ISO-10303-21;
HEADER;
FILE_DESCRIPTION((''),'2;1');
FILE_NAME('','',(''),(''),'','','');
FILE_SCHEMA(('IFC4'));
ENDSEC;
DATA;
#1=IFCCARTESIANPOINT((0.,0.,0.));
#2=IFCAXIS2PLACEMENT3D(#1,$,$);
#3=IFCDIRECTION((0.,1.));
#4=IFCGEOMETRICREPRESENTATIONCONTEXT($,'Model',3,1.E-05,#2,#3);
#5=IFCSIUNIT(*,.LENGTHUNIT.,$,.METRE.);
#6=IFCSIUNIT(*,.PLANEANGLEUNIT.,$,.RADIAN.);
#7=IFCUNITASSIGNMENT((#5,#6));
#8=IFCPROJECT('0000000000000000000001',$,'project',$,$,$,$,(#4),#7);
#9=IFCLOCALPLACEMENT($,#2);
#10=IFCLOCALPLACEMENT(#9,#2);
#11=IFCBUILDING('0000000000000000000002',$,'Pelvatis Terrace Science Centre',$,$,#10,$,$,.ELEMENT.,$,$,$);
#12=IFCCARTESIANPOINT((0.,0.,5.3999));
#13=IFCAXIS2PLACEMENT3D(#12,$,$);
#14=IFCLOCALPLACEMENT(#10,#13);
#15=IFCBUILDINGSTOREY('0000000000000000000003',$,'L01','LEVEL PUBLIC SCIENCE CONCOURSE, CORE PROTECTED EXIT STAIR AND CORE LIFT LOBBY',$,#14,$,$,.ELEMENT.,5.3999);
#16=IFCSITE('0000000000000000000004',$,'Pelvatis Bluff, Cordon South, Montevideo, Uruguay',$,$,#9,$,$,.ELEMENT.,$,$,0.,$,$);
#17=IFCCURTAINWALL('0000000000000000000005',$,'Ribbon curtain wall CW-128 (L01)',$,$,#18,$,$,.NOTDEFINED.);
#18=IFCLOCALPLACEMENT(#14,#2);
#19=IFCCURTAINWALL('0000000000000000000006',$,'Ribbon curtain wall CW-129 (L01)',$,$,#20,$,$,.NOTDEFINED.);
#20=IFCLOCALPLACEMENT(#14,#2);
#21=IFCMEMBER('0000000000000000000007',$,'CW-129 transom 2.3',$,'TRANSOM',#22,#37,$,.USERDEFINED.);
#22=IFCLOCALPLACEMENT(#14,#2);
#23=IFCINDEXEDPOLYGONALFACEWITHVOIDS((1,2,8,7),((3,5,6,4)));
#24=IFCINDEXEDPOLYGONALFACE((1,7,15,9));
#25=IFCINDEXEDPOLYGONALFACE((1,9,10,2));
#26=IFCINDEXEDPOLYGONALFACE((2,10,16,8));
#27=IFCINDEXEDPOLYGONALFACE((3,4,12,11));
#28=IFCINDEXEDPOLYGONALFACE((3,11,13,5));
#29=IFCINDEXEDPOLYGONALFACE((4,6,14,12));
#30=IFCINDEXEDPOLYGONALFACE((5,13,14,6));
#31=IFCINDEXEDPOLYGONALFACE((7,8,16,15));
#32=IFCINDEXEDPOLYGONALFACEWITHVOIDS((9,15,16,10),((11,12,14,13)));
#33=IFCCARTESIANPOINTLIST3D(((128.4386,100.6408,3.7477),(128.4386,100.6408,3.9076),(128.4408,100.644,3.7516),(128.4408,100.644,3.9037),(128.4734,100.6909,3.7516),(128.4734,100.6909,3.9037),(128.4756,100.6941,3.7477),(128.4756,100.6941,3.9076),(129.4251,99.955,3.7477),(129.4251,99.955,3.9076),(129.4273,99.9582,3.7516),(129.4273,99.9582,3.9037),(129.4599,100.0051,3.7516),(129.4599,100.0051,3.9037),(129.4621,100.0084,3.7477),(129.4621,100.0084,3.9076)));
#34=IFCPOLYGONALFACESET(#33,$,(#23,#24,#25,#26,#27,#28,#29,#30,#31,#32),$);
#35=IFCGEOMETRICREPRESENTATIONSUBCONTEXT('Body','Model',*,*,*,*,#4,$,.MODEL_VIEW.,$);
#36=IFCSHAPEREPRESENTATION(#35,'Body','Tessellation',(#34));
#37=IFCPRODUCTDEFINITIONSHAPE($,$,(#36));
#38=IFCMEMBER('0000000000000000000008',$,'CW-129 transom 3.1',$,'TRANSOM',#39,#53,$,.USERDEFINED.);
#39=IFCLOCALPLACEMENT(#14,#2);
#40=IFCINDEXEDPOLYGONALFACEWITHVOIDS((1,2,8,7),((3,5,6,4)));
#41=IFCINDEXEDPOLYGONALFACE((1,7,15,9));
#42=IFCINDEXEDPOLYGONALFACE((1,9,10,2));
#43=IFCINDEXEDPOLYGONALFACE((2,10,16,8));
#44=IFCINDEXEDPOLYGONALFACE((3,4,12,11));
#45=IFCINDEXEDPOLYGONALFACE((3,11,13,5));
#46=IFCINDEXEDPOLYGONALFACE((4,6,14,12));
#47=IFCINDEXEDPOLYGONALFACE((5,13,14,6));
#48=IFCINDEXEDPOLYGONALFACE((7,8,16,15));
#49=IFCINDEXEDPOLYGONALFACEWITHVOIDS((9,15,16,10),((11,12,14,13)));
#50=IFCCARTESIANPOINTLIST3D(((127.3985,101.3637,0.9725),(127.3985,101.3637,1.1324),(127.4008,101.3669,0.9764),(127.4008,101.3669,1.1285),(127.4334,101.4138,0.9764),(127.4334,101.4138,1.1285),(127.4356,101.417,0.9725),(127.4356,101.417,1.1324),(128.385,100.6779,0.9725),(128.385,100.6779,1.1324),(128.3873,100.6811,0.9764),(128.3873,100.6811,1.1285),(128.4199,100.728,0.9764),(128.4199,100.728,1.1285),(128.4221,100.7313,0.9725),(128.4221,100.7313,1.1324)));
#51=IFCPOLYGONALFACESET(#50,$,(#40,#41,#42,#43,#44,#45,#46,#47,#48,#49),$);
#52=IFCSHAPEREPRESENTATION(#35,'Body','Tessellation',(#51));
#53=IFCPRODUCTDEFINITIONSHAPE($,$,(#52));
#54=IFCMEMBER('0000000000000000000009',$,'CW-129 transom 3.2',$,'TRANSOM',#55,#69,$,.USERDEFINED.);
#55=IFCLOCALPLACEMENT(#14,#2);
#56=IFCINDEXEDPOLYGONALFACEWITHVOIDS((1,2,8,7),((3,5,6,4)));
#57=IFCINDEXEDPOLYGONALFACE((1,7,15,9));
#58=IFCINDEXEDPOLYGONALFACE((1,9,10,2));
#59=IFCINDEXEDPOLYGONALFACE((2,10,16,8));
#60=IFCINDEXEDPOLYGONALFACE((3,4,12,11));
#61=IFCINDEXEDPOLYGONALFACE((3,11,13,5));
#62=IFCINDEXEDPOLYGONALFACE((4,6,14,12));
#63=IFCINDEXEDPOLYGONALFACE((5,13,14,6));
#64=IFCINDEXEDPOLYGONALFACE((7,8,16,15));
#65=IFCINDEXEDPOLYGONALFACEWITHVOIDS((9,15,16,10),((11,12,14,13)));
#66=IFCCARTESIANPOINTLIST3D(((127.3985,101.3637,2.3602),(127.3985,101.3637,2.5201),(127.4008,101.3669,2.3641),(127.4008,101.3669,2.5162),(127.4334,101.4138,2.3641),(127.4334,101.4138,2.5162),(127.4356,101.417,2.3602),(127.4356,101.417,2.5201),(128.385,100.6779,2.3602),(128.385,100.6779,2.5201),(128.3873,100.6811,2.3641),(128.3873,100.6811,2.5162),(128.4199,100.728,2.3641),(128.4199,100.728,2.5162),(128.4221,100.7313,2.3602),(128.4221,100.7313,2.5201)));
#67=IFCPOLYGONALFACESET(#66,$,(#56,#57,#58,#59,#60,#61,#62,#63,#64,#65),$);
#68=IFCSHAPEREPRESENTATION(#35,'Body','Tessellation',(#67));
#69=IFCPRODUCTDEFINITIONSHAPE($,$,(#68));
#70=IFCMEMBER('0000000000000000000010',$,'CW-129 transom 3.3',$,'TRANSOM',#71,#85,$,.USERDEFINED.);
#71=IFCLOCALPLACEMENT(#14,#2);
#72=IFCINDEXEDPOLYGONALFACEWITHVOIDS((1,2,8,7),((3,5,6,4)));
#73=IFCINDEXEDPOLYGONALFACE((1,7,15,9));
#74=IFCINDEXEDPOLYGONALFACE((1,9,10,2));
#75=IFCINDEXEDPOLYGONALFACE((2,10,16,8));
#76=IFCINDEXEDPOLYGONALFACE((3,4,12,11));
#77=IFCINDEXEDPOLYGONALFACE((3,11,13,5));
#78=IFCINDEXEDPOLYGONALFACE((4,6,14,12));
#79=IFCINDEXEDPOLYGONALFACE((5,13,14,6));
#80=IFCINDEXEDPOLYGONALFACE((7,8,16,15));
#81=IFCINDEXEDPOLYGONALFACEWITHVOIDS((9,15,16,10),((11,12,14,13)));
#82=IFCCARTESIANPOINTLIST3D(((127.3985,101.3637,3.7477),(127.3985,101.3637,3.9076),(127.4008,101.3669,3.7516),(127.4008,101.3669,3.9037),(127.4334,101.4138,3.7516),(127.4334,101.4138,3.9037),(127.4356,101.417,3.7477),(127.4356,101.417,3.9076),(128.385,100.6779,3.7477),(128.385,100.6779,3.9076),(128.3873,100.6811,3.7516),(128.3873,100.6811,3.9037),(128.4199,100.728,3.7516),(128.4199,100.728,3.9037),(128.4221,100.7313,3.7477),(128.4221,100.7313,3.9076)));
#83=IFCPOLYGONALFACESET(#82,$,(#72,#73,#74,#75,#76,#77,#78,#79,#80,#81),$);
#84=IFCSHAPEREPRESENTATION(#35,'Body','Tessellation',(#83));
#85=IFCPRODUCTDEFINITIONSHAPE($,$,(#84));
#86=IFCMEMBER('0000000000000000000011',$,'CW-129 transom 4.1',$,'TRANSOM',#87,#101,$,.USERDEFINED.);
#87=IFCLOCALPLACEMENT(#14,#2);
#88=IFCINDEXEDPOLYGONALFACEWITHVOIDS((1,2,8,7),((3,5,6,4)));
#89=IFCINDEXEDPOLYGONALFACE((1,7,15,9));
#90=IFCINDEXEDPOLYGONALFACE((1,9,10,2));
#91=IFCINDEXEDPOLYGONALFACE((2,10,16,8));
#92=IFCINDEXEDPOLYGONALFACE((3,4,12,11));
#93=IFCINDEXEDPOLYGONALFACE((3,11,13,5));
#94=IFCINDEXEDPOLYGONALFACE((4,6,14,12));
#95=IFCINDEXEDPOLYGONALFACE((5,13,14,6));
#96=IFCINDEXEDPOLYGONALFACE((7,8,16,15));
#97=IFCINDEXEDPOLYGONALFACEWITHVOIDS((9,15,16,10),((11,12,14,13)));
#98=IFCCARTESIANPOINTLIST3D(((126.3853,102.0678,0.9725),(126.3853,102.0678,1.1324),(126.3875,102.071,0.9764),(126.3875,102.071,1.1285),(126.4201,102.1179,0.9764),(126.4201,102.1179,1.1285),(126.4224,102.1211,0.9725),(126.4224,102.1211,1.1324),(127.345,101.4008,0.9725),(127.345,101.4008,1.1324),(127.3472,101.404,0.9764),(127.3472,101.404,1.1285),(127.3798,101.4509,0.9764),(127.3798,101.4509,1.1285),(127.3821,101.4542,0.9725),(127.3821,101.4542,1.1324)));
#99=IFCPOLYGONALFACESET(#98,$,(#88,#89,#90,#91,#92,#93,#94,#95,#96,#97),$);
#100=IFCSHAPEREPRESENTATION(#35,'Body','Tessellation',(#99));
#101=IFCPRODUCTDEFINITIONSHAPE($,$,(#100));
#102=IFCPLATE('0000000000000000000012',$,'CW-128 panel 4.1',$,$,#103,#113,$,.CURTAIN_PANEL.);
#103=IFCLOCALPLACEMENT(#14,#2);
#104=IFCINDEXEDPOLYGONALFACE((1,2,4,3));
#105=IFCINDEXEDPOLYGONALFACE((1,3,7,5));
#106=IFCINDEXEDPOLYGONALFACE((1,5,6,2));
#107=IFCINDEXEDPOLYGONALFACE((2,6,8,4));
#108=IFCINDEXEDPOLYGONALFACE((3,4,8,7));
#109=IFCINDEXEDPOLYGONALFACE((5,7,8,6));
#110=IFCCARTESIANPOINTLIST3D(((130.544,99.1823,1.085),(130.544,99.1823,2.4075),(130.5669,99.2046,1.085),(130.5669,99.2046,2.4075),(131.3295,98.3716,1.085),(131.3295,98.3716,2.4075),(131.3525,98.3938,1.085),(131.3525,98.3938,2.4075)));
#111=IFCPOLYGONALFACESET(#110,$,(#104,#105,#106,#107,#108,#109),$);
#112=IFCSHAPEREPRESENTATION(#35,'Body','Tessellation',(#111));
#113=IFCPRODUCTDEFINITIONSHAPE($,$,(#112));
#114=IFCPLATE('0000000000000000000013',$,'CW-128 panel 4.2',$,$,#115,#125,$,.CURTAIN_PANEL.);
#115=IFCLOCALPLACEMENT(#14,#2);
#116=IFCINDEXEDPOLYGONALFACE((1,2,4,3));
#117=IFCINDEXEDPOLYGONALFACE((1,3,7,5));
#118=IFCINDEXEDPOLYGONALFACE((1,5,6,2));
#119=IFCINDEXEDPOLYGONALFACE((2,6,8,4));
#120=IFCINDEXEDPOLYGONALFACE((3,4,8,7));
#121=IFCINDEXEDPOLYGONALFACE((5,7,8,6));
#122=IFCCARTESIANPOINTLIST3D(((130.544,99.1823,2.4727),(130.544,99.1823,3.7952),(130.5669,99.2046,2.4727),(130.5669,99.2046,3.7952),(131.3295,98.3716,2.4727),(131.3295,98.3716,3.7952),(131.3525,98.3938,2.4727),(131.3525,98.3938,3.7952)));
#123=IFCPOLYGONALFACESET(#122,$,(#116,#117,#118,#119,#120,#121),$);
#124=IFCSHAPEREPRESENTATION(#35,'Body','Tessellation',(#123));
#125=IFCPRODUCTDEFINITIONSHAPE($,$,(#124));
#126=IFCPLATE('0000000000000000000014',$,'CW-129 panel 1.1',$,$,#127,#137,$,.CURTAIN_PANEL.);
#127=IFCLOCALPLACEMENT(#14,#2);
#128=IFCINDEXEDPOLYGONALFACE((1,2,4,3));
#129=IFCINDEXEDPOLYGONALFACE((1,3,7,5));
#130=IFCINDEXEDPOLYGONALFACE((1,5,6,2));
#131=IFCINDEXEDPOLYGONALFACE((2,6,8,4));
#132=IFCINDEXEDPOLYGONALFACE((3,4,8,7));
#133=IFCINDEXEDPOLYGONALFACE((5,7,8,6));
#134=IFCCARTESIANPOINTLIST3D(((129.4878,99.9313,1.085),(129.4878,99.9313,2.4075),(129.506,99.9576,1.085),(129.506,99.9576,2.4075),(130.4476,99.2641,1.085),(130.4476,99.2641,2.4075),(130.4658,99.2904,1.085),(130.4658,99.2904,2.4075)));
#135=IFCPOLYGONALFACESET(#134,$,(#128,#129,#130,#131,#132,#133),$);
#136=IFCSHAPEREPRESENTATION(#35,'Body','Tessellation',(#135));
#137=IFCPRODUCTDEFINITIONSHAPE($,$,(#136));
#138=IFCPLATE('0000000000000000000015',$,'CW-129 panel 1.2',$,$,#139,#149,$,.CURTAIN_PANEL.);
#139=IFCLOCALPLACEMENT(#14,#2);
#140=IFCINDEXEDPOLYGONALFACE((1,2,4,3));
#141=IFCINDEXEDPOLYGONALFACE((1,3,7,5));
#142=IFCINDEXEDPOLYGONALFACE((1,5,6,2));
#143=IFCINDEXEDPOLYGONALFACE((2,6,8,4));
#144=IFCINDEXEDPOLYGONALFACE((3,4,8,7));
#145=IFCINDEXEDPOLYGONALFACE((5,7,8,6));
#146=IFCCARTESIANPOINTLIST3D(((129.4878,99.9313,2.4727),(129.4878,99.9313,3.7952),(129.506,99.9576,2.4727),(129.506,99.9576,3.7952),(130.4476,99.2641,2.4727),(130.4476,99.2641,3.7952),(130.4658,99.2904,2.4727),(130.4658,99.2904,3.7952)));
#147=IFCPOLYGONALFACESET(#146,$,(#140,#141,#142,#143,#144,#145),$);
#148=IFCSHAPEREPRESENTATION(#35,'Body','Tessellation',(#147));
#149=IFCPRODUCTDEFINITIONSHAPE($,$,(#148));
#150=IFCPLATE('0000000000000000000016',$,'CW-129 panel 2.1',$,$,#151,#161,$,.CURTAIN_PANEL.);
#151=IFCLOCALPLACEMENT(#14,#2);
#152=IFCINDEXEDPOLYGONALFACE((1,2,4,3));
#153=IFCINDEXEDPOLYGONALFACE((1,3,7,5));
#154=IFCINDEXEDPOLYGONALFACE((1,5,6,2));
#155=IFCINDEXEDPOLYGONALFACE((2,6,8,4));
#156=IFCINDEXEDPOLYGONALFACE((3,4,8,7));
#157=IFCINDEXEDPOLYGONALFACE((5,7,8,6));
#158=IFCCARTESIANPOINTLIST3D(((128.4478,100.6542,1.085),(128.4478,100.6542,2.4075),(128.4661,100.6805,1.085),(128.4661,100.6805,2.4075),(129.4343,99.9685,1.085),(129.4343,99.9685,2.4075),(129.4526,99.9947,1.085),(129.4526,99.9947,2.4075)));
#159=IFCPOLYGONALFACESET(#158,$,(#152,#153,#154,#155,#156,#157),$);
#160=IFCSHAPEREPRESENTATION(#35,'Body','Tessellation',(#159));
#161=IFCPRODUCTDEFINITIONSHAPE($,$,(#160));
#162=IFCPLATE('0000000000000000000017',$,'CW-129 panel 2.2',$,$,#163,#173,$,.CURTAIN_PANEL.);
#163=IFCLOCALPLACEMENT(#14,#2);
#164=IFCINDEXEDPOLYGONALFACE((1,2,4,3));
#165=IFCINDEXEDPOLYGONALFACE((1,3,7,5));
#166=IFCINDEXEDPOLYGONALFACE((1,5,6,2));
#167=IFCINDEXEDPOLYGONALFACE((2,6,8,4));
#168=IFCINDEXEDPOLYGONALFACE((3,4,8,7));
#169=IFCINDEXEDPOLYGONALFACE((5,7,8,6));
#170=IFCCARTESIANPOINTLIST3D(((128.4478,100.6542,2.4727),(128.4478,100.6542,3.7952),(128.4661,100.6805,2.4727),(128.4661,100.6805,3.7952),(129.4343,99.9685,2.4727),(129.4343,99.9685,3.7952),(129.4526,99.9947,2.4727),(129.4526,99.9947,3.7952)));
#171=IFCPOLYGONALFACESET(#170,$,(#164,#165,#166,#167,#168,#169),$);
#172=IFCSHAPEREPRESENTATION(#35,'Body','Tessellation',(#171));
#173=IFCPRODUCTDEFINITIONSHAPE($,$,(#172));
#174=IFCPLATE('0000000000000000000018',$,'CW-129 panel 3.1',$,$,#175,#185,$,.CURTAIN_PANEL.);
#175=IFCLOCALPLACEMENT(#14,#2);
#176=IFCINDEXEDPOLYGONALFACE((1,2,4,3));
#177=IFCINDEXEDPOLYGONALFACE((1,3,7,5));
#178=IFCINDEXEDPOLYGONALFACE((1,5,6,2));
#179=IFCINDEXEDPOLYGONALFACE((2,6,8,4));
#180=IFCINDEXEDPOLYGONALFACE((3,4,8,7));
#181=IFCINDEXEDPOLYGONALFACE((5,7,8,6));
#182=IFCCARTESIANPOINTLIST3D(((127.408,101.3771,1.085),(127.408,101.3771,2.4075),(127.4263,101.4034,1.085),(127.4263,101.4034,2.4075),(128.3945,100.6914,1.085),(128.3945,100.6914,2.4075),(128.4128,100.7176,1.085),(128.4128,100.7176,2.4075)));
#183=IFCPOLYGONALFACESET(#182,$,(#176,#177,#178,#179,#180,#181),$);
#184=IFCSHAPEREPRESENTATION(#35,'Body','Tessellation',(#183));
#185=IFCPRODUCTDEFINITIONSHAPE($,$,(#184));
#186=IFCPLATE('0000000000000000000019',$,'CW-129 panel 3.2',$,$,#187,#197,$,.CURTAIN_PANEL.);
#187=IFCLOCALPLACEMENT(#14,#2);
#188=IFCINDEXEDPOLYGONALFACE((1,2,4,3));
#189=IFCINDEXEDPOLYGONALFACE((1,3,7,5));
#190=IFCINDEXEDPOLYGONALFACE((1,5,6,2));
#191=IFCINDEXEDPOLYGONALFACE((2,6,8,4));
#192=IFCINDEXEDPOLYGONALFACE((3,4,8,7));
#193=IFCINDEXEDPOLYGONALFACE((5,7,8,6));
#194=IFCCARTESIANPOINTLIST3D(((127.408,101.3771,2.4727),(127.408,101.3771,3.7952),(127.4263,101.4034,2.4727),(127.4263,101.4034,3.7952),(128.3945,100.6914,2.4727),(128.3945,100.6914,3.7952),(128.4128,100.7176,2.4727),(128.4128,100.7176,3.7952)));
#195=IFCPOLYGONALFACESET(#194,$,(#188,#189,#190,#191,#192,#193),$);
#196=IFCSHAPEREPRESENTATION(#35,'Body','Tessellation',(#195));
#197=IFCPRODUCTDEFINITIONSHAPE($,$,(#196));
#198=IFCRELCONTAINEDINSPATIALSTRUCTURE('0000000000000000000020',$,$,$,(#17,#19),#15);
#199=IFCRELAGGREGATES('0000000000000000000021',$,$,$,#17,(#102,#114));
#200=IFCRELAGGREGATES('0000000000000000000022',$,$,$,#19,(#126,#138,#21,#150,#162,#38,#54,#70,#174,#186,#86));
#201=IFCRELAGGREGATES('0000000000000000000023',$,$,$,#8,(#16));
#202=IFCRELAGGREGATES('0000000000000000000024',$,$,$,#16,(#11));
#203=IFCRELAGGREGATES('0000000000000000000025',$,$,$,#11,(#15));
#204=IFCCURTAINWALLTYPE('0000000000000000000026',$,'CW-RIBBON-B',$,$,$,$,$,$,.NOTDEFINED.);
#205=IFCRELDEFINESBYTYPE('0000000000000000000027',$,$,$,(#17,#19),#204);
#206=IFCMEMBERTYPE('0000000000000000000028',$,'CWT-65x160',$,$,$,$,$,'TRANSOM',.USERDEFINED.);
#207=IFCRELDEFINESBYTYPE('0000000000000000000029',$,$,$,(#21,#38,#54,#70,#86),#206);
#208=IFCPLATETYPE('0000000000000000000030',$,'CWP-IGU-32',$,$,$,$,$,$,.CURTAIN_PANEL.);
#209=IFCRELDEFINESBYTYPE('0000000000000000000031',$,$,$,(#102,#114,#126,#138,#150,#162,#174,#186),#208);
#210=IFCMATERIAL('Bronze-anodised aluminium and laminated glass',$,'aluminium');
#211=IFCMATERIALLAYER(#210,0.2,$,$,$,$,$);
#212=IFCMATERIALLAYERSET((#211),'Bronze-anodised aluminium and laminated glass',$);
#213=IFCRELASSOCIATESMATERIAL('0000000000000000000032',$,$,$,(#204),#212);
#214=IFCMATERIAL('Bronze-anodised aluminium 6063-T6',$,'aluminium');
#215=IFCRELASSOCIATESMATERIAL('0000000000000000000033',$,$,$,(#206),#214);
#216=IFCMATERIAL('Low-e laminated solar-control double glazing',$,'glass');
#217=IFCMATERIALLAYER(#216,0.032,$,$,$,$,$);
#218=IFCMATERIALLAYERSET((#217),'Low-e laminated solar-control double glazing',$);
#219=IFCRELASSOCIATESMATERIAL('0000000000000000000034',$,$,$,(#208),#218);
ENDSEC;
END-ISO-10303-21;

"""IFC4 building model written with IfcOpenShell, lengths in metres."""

from ifc_helpers import new_model, si_unit, direction, frame, origin, origin_2d, place, context, subcontext, project, spatial, rectangle, hollow_rectangle, extrude, material, layer, layer_set, material_profile, profile_set, type_object, element, aggregate, save


model = new_model("IFC4")

# Units and contexts
model_context = context("Model", 3, precision=1e-05, world=origin(), true_north=direction((0.0, 1.0)))
body_context = subcontext(model_context, "Body", "Model", "MODEL_VIEW")
ifc_project = project(units=[si_unit("LENGTHUNIT", "METRE"), si_unit("PLANEANGLEUNIT", "RADIAN")], contexts=[model_context])

# Site, building, storey
site_placement = place(None, origin())
site = spatial("IfcSite", under=ifc_project, at=site_placement, Name="Pelvatis Bluff, Cordon South, Montevideo, Uruguay", CompositionType="ELEMENT", RefElevation=0.0)
building_placement = place(site_placement, origin())
building = spatial("IfcBuilding", under=site, at=building_placement, Name="Pelvatis Terrace Science Centre", CompositionType="ELEMENT")
storey_placement = place(building_placement, frame((0.0, 0.0, 5.3999)))
storey = spatial("IfcBuildingStorey", under=building, at=storey_placement, Name="L01", Description="LEVEL PUBLIC SCIENCE CONCOURSE, CORE PROTECTED EXIT STAIR AND CORE LIFT LOBBY", CompositionType="ELEMENT", Elevation=5.3999)

# Curtain walls
ifc_material_1 = material(Name="Bronze-anodised aluminium and laminated glass", Category="aluminium")
ifc_layer_1 = layer(ifc_material_1, 0.2)
ifc_layer_set_1 = layer_set([ifc_layer_1], Name="Bronze-anodised aluminium and laminated glass")
curtain_wall_type = type_object("IfcCurtainWallType", Name="CW-RIBBON-B", PredefinedType="NOTDEFINED", material=ifc_layer_set_1)
curtain_wall_1_placement = place(storey_placement, origin())
curtain_wall_1 = element("IfcCurtainWall", 1, at=curtain_wall_1_placement, inside=storey, type_object=curtain_wall_type, Name="Ribbon curtain wall CW-128 (L01)", PredefinedType="NOTDEFINED")
curtain_wall_2_placement = place(storey_placement, origin())
curtain_wall_2 = element("IfcCurtainWall", 2, at=curtain_wall_2_placement, inside=storey, type_object=curtain_wall_type, Name="Ribbon curtain wall CW-129 (L01)", PredefinedType="NOTDEFINED")

# Members
ifc_material_2 = material(Name="Bronze-anodised aluminium 6063-T6", Category="aluminium")
ifc_material_profile_1 = material_profile(ifc_material_2, hollow_rectangle(XDim=0.0649, YDim=0.1599, WallThickness=0.0039, at=origin_2d()), Name="ALU-TRN 65x160")
ifc_profile_set_1 = profile_set([ifc_material_profile_1], Name="Bronze-anodised aluminium 6063-T6")
member_type_1 = type_object("IfcMemberType", Name="CWT-65x160", ElementType="TRANSOM", PredefinedType="USERDEFINED", material=ifc_profile_set_1)
member_1_placement = place(storey_placement, frame((129.4436, 99.9817, 3.8276), z_axis=(-0.821108, 0.570773, 0.0), x_axis=(-0.570773, -0.821108, 0.0)))
member_1 = element("IfcMember", 3, at=member_1_placement, type_object=member_type_1, Name="CW-129 transom 2.3", ObjectType="TRANSOM", PredefinedType="USERDEFINED", context=body_context, shape_type="SweptSolid", body=[
    extrude(hollow_rectangle(XDim=0.0649, YDim=0.1599, WallThickness=0.0039, at=origin_2d()), origin(), (0.0, 0.0, 1.0), 1.2014),
])
member_2_placement = place(storey_placement, frame((128.4036, 100.7046, 1.0525), z_axis=(-0.821108, 0.570773, 0.0), x_axis=(-0.570773, -0.821108, 0.0)))
member_2 = element("IfcMember", 4, at=member_2_placement, type_object=member_type_1, Name="CW-129 transom 3.1", ObjectType="TRANSOM", PredefinedType="USERDEFINED", context=body_context, shape_type="SweptSolid", body=[
    extrude(hollow_rectangle(XDim=0.0649, YDim=0.1599, WallThickness=0.0039, at=origin_2d()), origin(), (0.0, 0.0, 1.0), 1.2014),
])
member_3_placement = place(storey_placement, frame((128.4036, 100.7046, 2.4402), z_axis=(-0.821108, 0.570773, 0.0), x_axis=(-0.570773, -0.821108, 0.0)))
member_3 = element("IfcMember", 5, at=member_3_placement, type_object=member_type_1, Name="CW-129 transom 3.2", ObjectType="TRANSOM", PredefinedType="USERDEFINED", context=body_context, shape_type="SweptSolid", body=[
    extrude(hollow_rectangle(XDim=0.0649, YDim=0.1599, WallThickness=0.0039, at=origin_2d()), origin(), (0.0, 0.0, 1.0), 1.2014),
])
member_4_placement = place(storey_placement, frame((128.4036, 100.7046, 3.8276), z_axis=(-0.821108, 0.570773, 0.0), x_axis=(-0.570773, -0.821108, 0.0)))
member_4 = element("IfcMember", 6, at=member_4_placement, type_object=member_type_1, Name="CW-129 transom 3.3", ObjectType="TRANSOM", PredefinedType="USERDEFINED", context=body_context, shape_type="SweptSolid", body=[
    extrude(hollow_rectangle(XDim=0.0649, YDim=0.1599, WallThickness=0.0039, at=origin_2d()), origin(), (0.0, 0.0, 1.0), 1.2014),
])
member_5_placement = place(storey_placement, frame((127.3635, 101.4275, 1.0525), z_axis=(-0.821161, 0.570697, 0.0), x_axis=(-0.570697, -0.821161, 0.0)))
member_5 = element("IfcMember", 7, at=member_5_placement, type_object=member_type_1, Name="CW-129 transom 4.1", ObjectType="TRANSOM", PredefinedType="USERDEFINED", context=body_context, shape_type="SweptSolid", body=[
    extrude(hollow_rectangle(XDim=0.0649, YDim=0.1599, WallThickness=0.0039, at=origin_2d()), origin(), (0.0, 0.0, 1.0), 1.1687),
])

# Plates
ifc_material_3 = material(Name="Low-e laminated solar-control double glazing", Category="glass")
ifc_layer_2 = layer(ifc_material_3, 0.032)
ifc_layer_set_2 = layer_set([ifc_layer_2], Name="Low-e laminated solar-control double glazing")
plate_type = type_object("IfcPlateType", Name="CWP-IGU-32", PredefinedType="CURTAIN_PANEL", material=ifc_layer_set_2)
plate_1_placement = place(storey_placement, frame((130.9482, 98.7881, 1.085), z_axis=(0.0, 0.0, 1.0), x_axis=(-0.695858, 0.718179, 0.0)))
plate_1 = element("IfcPlate", 8, at=plate_1_placement, type_object=plate_type, Name="CW-128 panel 4.1", PredefinedType="CURTAIN_PANEL", context=body_context, shape_type="SweptSolid", body=[
    extrude(rectangle(XDim=1.1289, YDim=0.032, at=origin_2d()), origin(), (0.0, 0.0, 1.0), 1.3225),
])
plate_2_placement = place(storey_placement, frame((130.9482, 98.7881, 2.4727), z_axis=(0.0, 0.0, 1.0), x_axis=(-0.695858, 0.718179, 0.0)))
plate_2 = element("IfcPlate", 9, at=plate_2_placement, type_object=plate_type, Name="CW-128 panel 4.2", PredefinedType="CURTAIN_PANEL", context=body_context, shape_type="SweptSolid", body=[
    extrude(rectangle(XDim=1.1289, YDim=0.032, at=origin_2d()), origin(), (0.0, 0.0, 1.0), 1.3225),
])
aggregate(curtain_wall_1, [plate_1, plate_2])
plate_3_placement = place(storey_placement, frame((129.9768, 99.6108, 1.085), z_axis=(0.0, 0.0, 1.0), x_axis=(-0.821109, 0.570771, 0.0)))
plate_3 = element("IfcPlate", 10, at=plate_3_placement, type_object=plate_type, Name="CW-129 panel 1.1", PredefinedType="CURTAIN_PANEL", context=body_context, shape_type="SweptSolid", body=[
    extrude(rectangle(XDim=1.1689, YDim=0.032, at=origin_2d()), origin(), (0.0, 0.0, 1.0), 1.3225),
])
plate_4_placement = place(storey_placement, frame((129.9768, 99.6108, 2.4727), z_axis=(0.0, 0.0, 1.0), x_axis=(-0.821109, 0.570771, 0.0)))
plate_4 = element("IfcPlate", 11, at=plate_4_placement, type_object=plate_type, Name="CW-129 panel 1.2", PredefinedType="CURTAIN_PANEL", context=body_context, shape_type="SweptSolid", body=[
    extrude(rectangle(XDim=1.1689, YDim=0.032, at=origin_2d()), origin(), (0.0, 0.0, 1.0), 1.3225),
])
plate_5_placement = place(storey_placement, frame((128.9502, 100.3245, 1.085), z_axis=(0.0, 0.0, 1.0), x_axis=(-0.821109, 0.570771, 0.0)))
plate_5 = element("IfcPlate", 12, at=plate_5_placement, type_object=plate_type, Name="CW-129 panel 2.1", PredefinedType="CURTAIN_PANEL", context=body_context, shape_type="SweptSolid", body=[
    extrude(rectangle(XDim=1.2014, YDim=0.032, at=origin_2d()), origin(), (0.0, 0.0, 1.0), 1.3225),
])
plate_6_placement = place(storey_placement, frame((128.9502, 100.3245, 2.4727), z_axis=(0.0, 0.0, 1.0), x_axis=(-0.821109, 0.570771, 0.0)))
plate_6 = element("IfcPlate", 13, at=plate_6_placement, type_object=plate_type, Name="CW-129 panel 2.2", PredefinedType="CURTAIN_PANEL", context=body_context, shape_type="SweptSolid", body=[
    extrude(rectangle(XDim=1.2014, YDim=0.032, at=origin_2d()), origin(), (0.0, 0.0, 1.0), 1.3225),
])
plate_7_placement = place(storey_placement, frame((127.9104, 101.0474, 1.085), z_axis=(0.0, 0.0, 1.0), x_axis=(-0.821109, 0.570771, 0.0)))
plate_7 = element("IfcPlate", 14, at=plate_7_placement, type_object=plate_type, Name="CW-129 panel 3.1", PredefinedType="CURTAIN_PANEL", context=body_context, shape_type="SweptSolid", body=[
    extrude(rectangle(XDim=1.2014, YDim=0.032, at=origin_2d()), origin(), (0.0, 0.0, 1.0), 1.3225),
])
plate_8_placement = place(storey_placement, frame((127.9104, 101.0474, 2.4727), z_axis=(0.0, 0.0, 1.0), x_axis=(-0.821109, 0.570771, 0.0)))
plate_8 = element("IfcPlate", 15, at=plate_8_placement, type_object=plate_type, Name="CW-129 panel 3.2", PredefinedType="CURTAIN_PANEL", context=body_context, shape_type="SweptSolid", body=[
    extrude(rectangle(XDim=1.2014, YDim=0.032, at=origin_2d()), origin(), (0.0, 0.0, 1.0), 1.3225),
])
aggregate(curtain_wall_2, [plate_3, plate_4, member_1, plate_5, plate_6, member_2, member_3, member_4, plate_7, plate_8, member_5])

save(model, "model.ifc")
